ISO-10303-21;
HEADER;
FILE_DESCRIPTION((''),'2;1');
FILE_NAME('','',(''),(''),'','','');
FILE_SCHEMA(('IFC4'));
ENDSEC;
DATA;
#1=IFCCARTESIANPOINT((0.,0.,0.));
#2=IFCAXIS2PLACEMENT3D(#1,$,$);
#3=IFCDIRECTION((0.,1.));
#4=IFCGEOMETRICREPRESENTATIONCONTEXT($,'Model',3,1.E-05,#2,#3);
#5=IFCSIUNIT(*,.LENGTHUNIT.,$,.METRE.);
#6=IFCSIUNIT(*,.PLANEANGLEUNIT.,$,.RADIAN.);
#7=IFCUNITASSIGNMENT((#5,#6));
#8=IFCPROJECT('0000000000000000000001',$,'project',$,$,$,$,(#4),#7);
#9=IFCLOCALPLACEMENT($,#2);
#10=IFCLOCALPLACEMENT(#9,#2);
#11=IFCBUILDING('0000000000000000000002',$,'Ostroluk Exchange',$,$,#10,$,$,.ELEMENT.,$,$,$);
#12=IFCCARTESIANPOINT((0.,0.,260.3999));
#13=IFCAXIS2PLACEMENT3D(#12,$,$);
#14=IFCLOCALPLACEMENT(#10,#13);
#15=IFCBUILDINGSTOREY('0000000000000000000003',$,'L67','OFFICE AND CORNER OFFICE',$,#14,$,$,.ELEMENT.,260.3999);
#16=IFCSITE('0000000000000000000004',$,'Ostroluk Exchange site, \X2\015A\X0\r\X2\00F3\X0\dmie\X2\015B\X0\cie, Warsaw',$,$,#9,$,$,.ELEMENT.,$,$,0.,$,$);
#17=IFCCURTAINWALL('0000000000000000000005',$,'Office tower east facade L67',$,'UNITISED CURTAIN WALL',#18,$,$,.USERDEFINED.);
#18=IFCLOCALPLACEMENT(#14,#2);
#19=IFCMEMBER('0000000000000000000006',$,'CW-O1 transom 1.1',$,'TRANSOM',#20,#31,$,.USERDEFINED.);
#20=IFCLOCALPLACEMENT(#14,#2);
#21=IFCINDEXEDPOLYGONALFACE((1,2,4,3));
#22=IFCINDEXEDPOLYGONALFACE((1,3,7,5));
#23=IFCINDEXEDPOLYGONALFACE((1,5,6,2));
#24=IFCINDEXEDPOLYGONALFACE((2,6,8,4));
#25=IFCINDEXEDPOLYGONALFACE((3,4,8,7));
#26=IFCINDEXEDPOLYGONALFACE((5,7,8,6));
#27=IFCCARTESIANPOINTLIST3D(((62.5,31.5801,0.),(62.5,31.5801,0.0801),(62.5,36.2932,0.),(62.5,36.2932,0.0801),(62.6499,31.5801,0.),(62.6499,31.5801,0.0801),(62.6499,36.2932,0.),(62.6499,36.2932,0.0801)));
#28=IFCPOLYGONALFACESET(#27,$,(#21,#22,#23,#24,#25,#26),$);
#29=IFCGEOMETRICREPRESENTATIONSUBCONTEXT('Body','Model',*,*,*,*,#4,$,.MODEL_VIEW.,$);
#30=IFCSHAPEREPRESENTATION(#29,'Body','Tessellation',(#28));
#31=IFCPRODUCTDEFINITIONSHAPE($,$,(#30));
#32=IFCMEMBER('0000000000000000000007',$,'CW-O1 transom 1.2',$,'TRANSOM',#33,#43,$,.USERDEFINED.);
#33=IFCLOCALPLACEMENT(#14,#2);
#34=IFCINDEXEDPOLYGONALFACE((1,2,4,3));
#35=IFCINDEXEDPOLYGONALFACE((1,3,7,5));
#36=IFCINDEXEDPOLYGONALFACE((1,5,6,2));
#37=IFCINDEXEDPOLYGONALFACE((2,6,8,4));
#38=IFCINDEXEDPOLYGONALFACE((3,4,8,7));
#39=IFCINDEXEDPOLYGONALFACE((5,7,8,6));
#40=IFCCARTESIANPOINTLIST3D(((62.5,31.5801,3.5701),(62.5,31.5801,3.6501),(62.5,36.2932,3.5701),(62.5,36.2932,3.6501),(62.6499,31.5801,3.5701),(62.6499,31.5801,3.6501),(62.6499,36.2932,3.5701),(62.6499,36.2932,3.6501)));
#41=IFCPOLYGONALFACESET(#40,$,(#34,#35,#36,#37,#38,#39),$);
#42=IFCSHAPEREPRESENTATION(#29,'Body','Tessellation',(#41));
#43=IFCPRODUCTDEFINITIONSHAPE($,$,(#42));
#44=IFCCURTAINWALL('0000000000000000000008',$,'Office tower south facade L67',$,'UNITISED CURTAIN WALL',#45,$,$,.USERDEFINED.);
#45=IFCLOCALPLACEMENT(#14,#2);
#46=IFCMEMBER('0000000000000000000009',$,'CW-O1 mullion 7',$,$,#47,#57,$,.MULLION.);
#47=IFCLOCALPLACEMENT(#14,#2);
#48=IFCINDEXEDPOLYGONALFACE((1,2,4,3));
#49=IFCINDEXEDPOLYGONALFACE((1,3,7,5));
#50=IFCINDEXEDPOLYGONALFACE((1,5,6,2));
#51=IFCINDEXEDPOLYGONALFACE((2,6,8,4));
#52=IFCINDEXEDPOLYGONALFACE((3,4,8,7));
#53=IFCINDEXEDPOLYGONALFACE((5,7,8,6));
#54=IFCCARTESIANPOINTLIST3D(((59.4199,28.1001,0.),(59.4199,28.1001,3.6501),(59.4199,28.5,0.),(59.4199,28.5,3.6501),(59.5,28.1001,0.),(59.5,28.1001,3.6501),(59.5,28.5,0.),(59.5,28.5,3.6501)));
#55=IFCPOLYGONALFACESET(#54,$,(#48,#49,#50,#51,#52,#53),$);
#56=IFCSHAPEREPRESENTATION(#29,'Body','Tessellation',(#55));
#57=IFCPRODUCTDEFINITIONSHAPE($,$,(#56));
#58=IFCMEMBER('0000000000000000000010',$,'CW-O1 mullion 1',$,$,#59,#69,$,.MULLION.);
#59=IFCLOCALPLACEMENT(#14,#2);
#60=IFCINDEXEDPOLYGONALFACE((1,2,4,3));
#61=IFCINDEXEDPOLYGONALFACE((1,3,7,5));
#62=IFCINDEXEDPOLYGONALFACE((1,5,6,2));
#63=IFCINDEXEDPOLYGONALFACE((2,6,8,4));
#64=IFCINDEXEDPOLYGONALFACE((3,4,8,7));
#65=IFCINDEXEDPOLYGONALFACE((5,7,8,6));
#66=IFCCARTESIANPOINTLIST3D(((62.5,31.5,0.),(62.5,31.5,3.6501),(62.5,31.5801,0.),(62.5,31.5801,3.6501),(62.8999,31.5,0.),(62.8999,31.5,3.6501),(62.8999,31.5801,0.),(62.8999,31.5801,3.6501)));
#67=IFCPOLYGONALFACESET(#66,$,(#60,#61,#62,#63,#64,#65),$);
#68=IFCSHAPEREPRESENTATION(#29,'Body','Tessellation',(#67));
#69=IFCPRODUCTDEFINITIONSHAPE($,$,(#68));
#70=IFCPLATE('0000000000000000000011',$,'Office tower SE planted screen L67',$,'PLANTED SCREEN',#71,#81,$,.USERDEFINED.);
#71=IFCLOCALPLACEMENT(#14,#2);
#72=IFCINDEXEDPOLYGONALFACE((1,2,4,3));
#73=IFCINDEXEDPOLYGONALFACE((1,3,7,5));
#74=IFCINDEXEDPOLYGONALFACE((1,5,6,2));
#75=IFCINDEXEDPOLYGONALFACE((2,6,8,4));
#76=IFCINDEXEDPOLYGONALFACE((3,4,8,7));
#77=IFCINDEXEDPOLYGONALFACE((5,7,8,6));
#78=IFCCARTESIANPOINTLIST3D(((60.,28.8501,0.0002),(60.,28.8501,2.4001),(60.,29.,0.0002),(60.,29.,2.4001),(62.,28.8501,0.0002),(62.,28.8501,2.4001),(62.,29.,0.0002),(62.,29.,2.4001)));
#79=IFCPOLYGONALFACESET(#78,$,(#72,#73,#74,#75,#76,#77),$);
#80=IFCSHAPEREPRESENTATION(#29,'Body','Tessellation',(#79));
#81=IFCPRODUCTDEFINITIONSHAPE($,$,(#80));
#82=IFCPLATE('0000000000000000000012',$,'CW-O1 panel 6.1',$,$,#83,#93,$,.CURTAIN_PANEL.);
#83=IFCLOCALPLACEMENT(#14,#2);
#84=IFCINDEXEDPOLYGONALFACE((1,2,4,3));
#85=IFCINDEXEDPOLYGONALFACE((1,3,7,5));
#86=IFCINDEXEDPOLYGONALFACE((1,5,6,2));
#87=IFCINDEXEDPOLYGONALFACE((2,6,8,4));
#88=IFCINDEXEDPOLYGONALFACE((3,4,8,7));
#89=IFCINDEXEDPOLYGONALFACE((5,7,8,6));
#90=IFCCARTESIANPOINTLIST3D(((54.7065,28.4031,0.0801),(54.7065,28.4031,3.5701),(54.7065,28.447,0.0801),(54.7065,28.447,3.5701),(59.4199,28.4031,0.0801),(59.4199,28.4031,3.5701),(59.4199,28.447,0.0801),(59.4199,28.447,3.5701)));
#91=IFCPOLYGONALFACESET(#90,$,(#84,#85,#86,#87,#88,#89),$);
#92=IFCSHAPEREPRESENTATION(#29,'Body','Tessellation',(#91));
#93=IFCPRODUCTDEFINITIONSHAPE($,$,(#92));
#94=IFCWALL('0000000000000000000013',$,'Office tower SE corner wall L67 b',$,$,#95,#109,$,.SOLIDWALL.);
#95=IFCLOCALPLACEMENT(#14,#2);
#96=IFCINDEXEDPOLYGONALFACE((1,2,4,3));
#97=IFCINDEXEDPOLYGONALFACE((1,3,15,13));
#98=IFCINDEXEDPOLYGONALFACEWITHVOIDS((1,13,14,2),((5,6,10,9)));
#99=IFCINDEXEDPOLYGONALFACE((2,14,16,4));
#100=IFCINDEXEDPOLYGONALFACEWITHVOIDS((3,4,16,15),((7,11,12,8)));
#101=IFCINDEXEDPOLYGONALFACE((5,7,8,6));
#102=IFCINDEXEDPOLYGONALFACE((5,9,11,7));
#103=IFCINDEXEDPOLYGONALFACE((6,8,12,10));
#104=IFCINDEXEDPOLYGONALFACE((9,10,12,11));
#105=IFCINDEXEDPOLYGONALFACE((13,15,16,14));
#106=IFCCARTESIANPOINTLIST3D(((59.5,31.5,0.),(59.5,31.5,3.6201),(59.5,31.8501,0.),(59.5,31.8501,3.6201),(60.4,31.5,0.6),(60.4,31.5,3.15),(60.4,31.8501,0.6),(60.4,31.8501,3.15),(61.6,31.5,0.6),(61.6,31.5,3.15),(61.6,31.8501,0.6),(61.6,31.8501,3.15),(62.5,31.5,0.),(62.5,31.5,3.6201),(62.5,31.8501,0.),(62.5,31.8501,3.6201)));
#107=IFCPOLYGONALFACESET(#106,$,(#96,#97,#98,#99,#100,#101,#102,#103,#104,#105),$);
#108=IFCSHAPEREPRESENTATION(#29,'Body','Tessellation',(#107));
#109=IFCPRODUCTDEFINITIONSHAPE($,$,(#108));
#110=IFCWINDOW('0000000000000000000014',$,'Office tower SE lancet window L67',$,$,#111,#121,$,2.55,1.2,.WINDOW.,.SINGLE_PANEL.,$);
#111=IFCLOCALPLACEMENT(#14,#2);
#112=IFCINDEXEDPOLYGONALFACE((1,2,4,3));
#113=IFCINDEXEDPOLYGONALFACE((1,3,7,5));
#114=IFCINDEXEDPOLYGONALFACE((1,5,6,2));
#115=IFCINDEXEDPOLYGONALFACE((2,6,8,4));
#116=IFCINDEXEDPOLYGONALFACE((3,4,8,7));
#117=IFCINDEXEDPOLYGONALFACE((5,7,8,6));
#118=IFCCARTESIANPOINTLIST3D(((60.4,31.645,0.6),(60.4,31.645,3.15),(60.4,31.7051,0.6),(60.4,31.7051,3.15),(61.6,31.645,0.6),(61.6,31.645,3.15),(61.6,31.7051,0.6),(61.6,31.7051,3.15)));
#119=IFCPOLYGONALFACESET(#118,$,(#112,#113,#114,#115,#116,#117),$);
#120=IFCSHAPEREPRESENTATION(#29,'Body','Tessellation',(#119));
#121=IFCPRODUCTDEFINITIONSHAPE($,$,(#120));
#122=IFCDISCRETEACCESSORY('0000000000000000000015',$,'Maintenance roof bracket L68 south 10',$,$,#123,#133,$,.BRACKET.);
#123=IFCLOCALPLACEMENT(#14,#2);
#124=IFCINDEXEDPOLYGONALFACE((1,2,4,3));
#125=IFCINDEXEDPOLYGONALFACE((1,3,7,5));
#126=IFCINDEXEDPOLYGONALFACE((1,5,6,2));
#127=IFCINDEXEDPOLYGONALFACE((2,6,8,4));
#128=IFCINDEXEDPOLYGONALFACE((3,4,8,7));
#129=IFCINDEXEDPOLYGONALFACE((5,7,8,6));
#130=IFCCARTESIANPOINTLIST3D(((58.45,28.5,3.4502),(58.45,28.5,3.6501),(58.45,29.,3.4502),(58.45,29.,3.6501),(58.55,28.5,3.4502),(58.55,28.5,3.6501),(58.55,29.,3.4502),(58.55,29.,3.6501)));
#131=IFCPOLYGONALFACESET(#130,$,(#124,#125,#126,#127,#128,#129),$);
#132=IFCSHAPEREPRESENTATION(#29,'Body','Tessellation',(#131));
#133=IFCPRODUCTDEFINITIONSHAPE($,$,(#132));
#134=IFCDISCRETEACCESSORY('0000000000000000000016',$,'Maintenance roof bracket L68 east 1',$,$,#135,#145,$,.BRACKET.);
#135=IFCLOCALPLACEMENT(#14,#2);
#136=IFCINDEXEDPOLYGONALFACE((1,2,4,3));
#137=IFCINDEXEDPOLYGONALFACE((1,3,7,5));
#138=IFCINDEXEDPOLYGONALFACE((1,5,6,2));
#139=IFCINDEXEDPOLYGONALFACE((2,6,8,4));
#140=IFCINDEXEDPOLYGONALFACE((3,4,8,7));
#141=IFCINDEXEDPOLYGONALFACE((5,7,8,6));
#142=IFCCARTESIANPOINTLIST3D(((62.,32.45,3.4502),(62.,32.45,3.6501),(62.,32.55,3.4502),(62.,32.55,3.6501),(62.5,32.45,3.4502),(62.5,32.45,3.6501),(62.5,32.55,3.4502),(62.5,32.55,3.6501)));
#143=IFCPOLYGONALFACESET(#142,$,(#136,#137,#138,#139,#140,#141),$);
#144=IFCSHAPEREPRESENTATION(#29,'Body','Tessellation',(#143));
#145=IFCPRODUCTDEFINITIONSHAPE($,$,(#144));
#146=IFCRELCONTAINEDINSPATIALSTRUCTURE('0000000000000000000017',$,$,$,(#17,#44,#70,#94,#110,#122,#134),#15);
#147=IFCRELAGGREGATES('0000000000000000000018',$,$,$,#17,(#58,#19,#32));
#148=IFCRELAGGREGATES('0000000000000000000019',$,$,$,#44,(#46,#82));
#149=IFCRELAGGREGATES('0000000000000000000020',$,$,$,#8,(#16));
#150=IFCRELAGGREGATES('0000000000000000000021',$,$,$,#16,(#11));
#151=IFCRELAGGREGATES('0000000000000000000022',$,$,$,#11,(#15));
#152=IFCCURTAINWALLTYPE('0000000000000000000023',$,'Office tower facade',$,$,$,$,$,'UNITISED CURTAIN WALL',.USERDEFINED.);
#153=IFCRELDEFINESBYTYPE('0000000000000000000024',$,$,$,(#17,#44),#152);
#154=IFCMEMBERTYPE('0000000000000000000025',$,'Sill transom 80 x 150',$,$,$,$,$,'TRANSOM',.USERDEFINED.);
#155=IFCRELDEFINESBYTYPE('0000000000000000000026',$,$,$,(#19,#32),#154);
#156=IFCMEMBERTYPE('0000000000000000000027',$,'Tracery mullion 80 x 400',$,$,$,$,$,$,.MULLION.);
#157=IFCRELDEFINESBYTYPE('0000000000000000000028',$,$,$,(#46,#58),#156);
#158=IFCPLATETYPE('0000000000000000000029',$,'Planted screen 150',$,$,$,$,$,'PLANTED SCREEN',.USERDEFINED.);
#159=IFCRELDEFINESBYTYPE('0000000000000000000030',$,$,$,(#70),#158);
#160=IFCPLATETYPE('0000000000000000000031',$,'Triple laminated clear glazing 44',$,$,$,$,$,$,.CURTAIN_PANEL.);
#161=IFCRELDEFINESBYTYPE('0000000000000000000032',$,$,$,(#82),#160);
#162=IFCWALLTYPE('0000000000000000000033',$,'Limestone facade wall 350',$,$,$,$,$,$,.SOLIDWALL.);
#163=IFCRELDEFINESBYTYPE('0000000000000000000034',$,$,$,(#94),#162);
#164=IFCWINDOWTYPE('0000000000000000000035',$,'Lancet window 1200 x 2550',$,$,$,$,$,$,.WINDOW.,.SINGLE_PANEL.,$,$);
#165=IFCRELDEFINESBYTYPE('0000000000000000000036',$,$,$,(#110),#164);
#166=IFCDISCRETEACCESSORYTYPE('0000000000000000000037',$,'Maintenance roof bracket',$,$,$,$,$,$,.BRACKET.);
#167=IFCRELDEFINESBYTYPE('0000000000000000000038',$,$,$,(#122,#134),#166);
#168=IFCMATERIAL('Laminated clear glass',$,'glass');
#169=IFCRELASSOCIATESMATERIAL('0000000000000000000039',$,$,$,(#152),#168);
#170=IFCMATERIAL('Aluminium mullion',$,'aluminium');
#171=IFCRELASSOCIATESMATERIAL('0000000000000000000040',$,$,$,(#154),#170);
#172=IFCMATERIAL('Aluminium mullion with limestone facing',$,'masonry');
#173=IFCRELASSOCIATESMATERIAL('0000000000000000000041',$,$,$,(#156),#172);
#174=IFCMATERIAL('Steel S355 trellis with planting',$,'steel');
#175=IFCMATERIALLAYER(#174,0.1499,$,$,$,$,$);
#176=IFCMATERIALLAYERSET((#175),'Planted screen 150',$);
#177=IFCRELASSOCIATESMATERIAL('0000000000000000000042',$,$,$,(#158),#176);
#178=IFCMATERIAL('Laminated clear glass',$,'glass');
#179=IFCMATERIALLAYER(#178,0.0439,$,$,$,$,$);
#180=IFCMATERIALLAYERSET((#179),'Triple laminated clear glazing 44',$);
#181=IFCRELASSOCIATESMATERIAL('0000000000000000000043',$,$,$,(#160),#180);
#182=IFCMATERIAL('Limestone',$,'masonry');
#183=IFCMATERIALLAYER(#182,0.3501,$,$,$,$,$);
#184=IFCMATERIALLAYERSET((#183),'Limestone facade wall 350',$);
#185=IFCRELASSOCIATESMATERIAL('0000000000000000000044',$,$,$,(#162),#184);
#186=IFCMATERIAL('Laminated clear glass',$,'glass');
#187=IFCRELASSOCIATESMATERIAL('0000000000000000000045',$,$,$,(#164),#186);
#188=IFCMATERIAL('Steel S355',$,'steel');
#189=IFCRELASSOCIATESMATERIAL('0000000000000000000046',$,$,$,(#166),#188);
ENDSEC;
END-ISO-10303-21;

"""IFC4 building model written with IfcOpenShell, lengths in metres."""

from ifc_helpers import new_model, si_unit, direction, frame, frame_2d, origin, origin_2d, place, context, subcontext, project, spatial, rectangle, extrude, material, layer, layer_set, material_profile, profile_set, type_object, element, fill, aggregate, save


model = new_model("IFC4")

# Units and contexts
model_context = context("Model", 3, precision=1e-05, world=origin(), true_north=direction((0.0, 1.0)))
body_context = subcontext(model_context, "Body", "Model", "MODEL_VIEW")
ifc_project = project(units=[si_unit("LENGTHUNIT", "METRE"), si_unit("PLANEANGLEUNIT", "RADIAN")], contexts=[model_context])

# Site, building, storey
site_placement = place(None, origin())
site = spatial("IfcSite", under=ifc_project, at=site_placement, Name="Ostroluk Exchange site, Śródmieście, Warsaw", CompositionType="ELEMENT", RefElevation=0.0)
building_placement = place(site_placement, origin())
building = spatial("IfcBuilding", under=site, at=building_placement, Name="Ostroluk Exchange", CompositionType="ELEMENT")
storey_placement = place(building_placement, frame((0.0, 0.0, 260.3999)))
storey = spatial("IfcBuildingStorey", under=building, at=storey_placement, Name="L67", Description="OFFICE AND CORNER OFFICE", CompositionType="ELEMENT", Elevation=260.3999)

# Curtain wall, members
ifc_material_1 = material(Name="Laminated clear glass", Category="glass")
curtain_wall_type = type_object("IfcCurtainWallType", Name="Office tower facade", ElementType="UNITISED CURTAIN WALL", PredefinedType="USERDEFINED", material=ifc_material_1)
curtain_wall_1_placement = place(storey_placement, origin())
curtain_wall_1 = element("IfcCurtainWall", 1, at=curtain_wall_1_placement, inside=storey, type_object=curtain_wall_type, Name="Office tower east facade L67", ObjectType="UNITISED CURTAIN WALL", PredefinedType="USERDEFINED")
ifc_material_2 = material(Name="Aluminium mullion", Category="aluminium")
ifc_material_profile_1 = material_profile(ifc_material_2, rectangle(XDim=0.1499, YDim=0.0801, at=origin_2d()), Name="Sill transom 80 x 150")
ifc_profile_set_1 = profile_set([ifc_material_profile_1], Name="Aluminium mullion")
member_type_1 = type_object("IfcMemberType", Name="Sill transom 80 x 150", ElementType="TRANSOM", PredefinedType="USERDEFINED", material=ifc_profile_set_1)
member_1_placement = place(storey_placement, frame((62.575, 31.5801, 0.04), z_axis=(0.0, 1.0, 0.0), x_axis=(-1.0, 0.0, 0.0)))
member_1 = element("IfcMember", 2, at=member_1_placement, type_object=member_type_1, Name="CW-O1 transom 1.1", ObjectType="TRANSOM", PredefinedType="USERDEFINED", context=body_context, shape_type="SweptSolid", body=[
    extrude(rectangle(XDim=0.1499, YDim=0.0801, at=origin_2d()), origin(), (0.0, 0.0, 1.0), 4.7131),
])
member_2_placement = place(storey_placement, frame((62.575, 31.5801, 3.6101), z_axis=(0.0, 1.0, 0.0), x_axis=(-1.0, 0.0, 0.0)))
member_2 = element("IfcMember", 3, at=member_2_placement, type_object=member_type_1, Name="CW-O1 transom 1.2", ObjectType="TRANSOM", PredefinedType="USERDEFINED", context=body_context, shape_type="SweptSolid", body=[
    extrude(rectangle(XDim=0.1499, YDim=0.0801, at=origin_2d()), origin(), (0.0, 0.0, 1.0), 4.7131),
])

# Curtain wall, member
curtain_wall_2_placement = place(storey_placement, origin())
curtain_wall_2 = element("IfcCurtainWall", 4, at=curtain_wall_2_placement, inside=storey, type_object=curtain_wall_type, Name="Office tower south facade L67", ObjectType="UNITISED CURTAIN WALL", PredefinedType="USERDEFINED")
ifc_material_3 = material(Name="Aluminium mullion with limestone facing", Category="masonry")
ifc_material_profile_2 = material_profile(ifc_material_3, rectangle(XDim=0.3999, YDim=0.0801, at=origin_2d()), Name="Tracery mullion 80 x 400")
ifc_profile_set_2 = profile_set([ifc_material_profile_2], Name="Aluminium mullion with limestone facing")
member_type_2 = type_object("IfcMemberType", Name="Tracery mullion 80 x 400", PredefinedType="MULLION", material=ifc_profile_set_2)
member_3_placement = place(storey_placement, frame((59.46, 28.3, 0.0), z_axis=(0.0, 0.0, 1.0), x_axis=(0.0, 1.0, 0.0)))
member_3 = element("IfcMember", 5, at=member_3_placement, type_object=member_type_2, Name="CW-O1 mullion 7", PredefinedType="MULLION", context=body_context, shape_type="SweptSolid", body=[
    extrude(rectangle(XDim=0.3999, YDim=0.0801, at=origin_2d()), origin(), (0.0, 0.0, 1.0), 3.6501),
])

# Member
member_4_placement = place(storey_placement, frame((62.7, 31.54, 0.0), z_axis=(0.0, 0.0, 1.0), x_axis=(-1.0, 0.0, 0.0)))
member_4 = element("IfcMember", 6, at=member_4_placement, type_object=member_type_2, Name="CW-O1 mullion 1", PredefinedType="MULLION", context=body_context, shape_type="SweptSolid", body=[
    extrude(rectangle(XDim=0.3999, YDim=0.0801, at=origin_2d()), origin(), (0.0, 0.0, 1.0), 3.6501),
])
aggregate(curtain_wall_1, [member_4, member_1, member_2])

# Plates
ifc_material_4 = material(Name="Steel S355 trellis with planting", Category="steel")
ifc_layer_1 = layer(ifc_material_4, 0.1499)
ifc_layer_set_1 = layer_set([ifc_layer_1], Name="Planted screen 150")
plate_type_1 = type_object("IfcPlateType", Name="Planted screen 150", ElementType="PLANTED SCREEN", PredefinedType="USERDEFINED", material=ifc_layer_set_1)
plate_1_placement = place(storey_placement, frame((61.0, 28.925, 0.0002), z_axis=(0.0, 0.0, 1.0), x_axis=(1.0, 0.0, 0.0)))
element("IfcPlate", 7, at=plate_1_placement, inside=storey, type_object=plate_type_1, Name="Office tower SE planted screen L67", ObjectType="PLANTED SCREEN", PredefinedType="USERDEFINED", context=body_context, shape_type="SweptSolid", body=[
    extrude(rectangle(XDim=2.0, YDim=0.1499, at=origin_2d()), origin(), (0.0, 0.0, 1.0), 2.3999),
])
ifc_material_5 = material(Name="Laminated clear glass", Category="glass")
ifc_layer_2 = layer(ifc_material_5, 0.0439)
ifc_layer_set_2 = layer_set([ifc_layer_2], Name="Triple laminated clear glazing 44")
plate_type_2 = type_object("IfcPlateType", Name="Triple laminated clear glazing 44", PredefinedType="CURTAIN_PANEL", material=ifc_layer_set_2)
plate_2_placement = place(storey_placement, frame((57.0632, 28.425, 0.0801), z_axis=(0.0, 0.0, 1.0), x_axis=(1.0, 0.0, 0.0)))
plate_2 = element("IfcPlate", 8, at=plate_2_placement, type_object=plate_type_2, Name="CW-O1 panel 6.1", PredefinedType="CURTAIN_PANEL", context=body_context, shape_type="SweptSolid", body=[
    extrude(rectangle(XDim=4.7134, YDim=0.0439, at=origin_2d()), origin(), (0.0, 0.0, 1.0), 3.49),
])
aggregate(curtain_wall_2, [member_3, plate_2])

# Shared definitions
ifc_material_6 = material(Name="Limestone", Category="masonry")
ifc_layer_3 = layer(ifc_material_6, 0.3501)
ifc_layer_set_3 = layer_set([ifc_layer_3], Name="Limestone facade wall 350")
wall_type = type_object("IfcWallType", Name="Limestone facade wall 350", PredefinedType="SOLIDWALL", material=ifc_layer_set_3)

# Wall, opening, window
wall_1_placement = place(storey_placement, frame((59.5, 31.675, 0.0), z_axis=(0.0, 0.0, 1.0), x_axis=(1.0, 0.0, 0.0)))
wall_1 = element("IfcWall", 9, at=wall_1_placement, inside=storey, type_object=wall_type, Name="Office tower SE corner wall L67 b", PredefinedType="SOLIDWALL", context=body_context, shape_type="SweptSolid", body=[
    extrude(rectangle(XDim=3.0, YDim=0.3501, at=frame_2d((1.5, 0.0))), origin(), (0.0, 0.0, 1.0), 3.6201),
])
opening_1_placement = place(wall_1_placement, frame((0.8999, 0.0, 0.6001)))
opening_1 = element("IfcOpeningElement", 10, at=opening_1_placement, cuts=wall_1, PredefinedType="OPENING", context=body_context, shape_type="SweptSolid", body=[
    extrude(rectangle(XDim=1.2, YDim=2.55, at=frame_2d((0.6001, 1.2749))), frame((0.0, 0.1851, 0.0), z_axis=(0.0, -1.0, 0.0), x_axis=(1.0, 0.0, 0.0)), (0.0, 0.0, 1.0), 0.3701),
])
ifc_material_7 = material(Name="Laminated clear glass", Category="glass")
window_type = type_object("IfcWindowType", Name="Lancet window 1200 x 2550", PartitioningType="SINGLE_PANEL", PredefinedType="WINDOW", material=ifc_material_7)
window_placement = place(opening_1_placement, origin())
window = element("IfcWindow", 11, at=window_placement, inside=storey, type_object=window_type, Name="Office tower SE lancet window L67", OverallHeight=2.55, OverallWidth=1.2, PartitioningType="SINGLE_PANEL", PredefinedType="WINDOW", context=body_context, shape_type="SweptSolid", body=[
    extrude(rectangle(XDim=1.2, YDim=2.55, at=frame_2d((0.6001, 1.2749))), frame((0.0, 0.03, 0.0), z_axis=(0.0, -1.0, 0.0), x_axis=(1.0, 0.0, 0.0)), (0.0, 0.0, 1.0), 0.0601),
])
fill(opening_1, window)

# Discrete accessories
ifc_material_8 = material(Name="Steel S355", Category="steel")
discrete_accessory_type = type_object("IfcDiscreteAccessoryType", Name="Maintenance roof bracket", PredefinedType="BRACKET", material=ifc_material_8)
discrete_accessory_1_placement = place(storey_placement, frame((58.5, 28.75, 3.4502), z_axis=(0.0, 0.0, 1.0), x_axis=(1.0, 0.0, 0.0)))
element("IfcDiscreteAccessory", 12, at=discrete_accessory_1_placement, inside=storey, type_object=discrete_accessory_type, Name="Maintenance roof bracket L68 south 10", PredefinedType="BRACKET", context=body_context, shape_type="SweptSolid", body=[
    extrude(rectangle(XDim=0.1001, YDim=0.5, at=origin_2d()), origin(), (0.0, 0.0, 1.0), 0.2),
])
discrete_accessory_2_placement = place(storey_placement, frame((62.25, 32.5, 3.4502), z_axis=(0.0, 0.0, 1.0), x_axis=(1.0, 0.0, 0.0)))
element("IfcDiscreteAccessory", 13, at=discrete_accessory_2_placement, inside=storey, type_object=discrete_accessory_type, Name="Maintenance roof bracket L68 east 1", PredefinedType="BRACKET", context=body_context, shape_type="SweptSolid", body=[
    extrude(rectangle(XDim=0.5, YDim=0.1001, at=origin_2d()), origin(), (0.0, 0.0, 1.0), 0.2),
])

save(model, "model.ifc")
